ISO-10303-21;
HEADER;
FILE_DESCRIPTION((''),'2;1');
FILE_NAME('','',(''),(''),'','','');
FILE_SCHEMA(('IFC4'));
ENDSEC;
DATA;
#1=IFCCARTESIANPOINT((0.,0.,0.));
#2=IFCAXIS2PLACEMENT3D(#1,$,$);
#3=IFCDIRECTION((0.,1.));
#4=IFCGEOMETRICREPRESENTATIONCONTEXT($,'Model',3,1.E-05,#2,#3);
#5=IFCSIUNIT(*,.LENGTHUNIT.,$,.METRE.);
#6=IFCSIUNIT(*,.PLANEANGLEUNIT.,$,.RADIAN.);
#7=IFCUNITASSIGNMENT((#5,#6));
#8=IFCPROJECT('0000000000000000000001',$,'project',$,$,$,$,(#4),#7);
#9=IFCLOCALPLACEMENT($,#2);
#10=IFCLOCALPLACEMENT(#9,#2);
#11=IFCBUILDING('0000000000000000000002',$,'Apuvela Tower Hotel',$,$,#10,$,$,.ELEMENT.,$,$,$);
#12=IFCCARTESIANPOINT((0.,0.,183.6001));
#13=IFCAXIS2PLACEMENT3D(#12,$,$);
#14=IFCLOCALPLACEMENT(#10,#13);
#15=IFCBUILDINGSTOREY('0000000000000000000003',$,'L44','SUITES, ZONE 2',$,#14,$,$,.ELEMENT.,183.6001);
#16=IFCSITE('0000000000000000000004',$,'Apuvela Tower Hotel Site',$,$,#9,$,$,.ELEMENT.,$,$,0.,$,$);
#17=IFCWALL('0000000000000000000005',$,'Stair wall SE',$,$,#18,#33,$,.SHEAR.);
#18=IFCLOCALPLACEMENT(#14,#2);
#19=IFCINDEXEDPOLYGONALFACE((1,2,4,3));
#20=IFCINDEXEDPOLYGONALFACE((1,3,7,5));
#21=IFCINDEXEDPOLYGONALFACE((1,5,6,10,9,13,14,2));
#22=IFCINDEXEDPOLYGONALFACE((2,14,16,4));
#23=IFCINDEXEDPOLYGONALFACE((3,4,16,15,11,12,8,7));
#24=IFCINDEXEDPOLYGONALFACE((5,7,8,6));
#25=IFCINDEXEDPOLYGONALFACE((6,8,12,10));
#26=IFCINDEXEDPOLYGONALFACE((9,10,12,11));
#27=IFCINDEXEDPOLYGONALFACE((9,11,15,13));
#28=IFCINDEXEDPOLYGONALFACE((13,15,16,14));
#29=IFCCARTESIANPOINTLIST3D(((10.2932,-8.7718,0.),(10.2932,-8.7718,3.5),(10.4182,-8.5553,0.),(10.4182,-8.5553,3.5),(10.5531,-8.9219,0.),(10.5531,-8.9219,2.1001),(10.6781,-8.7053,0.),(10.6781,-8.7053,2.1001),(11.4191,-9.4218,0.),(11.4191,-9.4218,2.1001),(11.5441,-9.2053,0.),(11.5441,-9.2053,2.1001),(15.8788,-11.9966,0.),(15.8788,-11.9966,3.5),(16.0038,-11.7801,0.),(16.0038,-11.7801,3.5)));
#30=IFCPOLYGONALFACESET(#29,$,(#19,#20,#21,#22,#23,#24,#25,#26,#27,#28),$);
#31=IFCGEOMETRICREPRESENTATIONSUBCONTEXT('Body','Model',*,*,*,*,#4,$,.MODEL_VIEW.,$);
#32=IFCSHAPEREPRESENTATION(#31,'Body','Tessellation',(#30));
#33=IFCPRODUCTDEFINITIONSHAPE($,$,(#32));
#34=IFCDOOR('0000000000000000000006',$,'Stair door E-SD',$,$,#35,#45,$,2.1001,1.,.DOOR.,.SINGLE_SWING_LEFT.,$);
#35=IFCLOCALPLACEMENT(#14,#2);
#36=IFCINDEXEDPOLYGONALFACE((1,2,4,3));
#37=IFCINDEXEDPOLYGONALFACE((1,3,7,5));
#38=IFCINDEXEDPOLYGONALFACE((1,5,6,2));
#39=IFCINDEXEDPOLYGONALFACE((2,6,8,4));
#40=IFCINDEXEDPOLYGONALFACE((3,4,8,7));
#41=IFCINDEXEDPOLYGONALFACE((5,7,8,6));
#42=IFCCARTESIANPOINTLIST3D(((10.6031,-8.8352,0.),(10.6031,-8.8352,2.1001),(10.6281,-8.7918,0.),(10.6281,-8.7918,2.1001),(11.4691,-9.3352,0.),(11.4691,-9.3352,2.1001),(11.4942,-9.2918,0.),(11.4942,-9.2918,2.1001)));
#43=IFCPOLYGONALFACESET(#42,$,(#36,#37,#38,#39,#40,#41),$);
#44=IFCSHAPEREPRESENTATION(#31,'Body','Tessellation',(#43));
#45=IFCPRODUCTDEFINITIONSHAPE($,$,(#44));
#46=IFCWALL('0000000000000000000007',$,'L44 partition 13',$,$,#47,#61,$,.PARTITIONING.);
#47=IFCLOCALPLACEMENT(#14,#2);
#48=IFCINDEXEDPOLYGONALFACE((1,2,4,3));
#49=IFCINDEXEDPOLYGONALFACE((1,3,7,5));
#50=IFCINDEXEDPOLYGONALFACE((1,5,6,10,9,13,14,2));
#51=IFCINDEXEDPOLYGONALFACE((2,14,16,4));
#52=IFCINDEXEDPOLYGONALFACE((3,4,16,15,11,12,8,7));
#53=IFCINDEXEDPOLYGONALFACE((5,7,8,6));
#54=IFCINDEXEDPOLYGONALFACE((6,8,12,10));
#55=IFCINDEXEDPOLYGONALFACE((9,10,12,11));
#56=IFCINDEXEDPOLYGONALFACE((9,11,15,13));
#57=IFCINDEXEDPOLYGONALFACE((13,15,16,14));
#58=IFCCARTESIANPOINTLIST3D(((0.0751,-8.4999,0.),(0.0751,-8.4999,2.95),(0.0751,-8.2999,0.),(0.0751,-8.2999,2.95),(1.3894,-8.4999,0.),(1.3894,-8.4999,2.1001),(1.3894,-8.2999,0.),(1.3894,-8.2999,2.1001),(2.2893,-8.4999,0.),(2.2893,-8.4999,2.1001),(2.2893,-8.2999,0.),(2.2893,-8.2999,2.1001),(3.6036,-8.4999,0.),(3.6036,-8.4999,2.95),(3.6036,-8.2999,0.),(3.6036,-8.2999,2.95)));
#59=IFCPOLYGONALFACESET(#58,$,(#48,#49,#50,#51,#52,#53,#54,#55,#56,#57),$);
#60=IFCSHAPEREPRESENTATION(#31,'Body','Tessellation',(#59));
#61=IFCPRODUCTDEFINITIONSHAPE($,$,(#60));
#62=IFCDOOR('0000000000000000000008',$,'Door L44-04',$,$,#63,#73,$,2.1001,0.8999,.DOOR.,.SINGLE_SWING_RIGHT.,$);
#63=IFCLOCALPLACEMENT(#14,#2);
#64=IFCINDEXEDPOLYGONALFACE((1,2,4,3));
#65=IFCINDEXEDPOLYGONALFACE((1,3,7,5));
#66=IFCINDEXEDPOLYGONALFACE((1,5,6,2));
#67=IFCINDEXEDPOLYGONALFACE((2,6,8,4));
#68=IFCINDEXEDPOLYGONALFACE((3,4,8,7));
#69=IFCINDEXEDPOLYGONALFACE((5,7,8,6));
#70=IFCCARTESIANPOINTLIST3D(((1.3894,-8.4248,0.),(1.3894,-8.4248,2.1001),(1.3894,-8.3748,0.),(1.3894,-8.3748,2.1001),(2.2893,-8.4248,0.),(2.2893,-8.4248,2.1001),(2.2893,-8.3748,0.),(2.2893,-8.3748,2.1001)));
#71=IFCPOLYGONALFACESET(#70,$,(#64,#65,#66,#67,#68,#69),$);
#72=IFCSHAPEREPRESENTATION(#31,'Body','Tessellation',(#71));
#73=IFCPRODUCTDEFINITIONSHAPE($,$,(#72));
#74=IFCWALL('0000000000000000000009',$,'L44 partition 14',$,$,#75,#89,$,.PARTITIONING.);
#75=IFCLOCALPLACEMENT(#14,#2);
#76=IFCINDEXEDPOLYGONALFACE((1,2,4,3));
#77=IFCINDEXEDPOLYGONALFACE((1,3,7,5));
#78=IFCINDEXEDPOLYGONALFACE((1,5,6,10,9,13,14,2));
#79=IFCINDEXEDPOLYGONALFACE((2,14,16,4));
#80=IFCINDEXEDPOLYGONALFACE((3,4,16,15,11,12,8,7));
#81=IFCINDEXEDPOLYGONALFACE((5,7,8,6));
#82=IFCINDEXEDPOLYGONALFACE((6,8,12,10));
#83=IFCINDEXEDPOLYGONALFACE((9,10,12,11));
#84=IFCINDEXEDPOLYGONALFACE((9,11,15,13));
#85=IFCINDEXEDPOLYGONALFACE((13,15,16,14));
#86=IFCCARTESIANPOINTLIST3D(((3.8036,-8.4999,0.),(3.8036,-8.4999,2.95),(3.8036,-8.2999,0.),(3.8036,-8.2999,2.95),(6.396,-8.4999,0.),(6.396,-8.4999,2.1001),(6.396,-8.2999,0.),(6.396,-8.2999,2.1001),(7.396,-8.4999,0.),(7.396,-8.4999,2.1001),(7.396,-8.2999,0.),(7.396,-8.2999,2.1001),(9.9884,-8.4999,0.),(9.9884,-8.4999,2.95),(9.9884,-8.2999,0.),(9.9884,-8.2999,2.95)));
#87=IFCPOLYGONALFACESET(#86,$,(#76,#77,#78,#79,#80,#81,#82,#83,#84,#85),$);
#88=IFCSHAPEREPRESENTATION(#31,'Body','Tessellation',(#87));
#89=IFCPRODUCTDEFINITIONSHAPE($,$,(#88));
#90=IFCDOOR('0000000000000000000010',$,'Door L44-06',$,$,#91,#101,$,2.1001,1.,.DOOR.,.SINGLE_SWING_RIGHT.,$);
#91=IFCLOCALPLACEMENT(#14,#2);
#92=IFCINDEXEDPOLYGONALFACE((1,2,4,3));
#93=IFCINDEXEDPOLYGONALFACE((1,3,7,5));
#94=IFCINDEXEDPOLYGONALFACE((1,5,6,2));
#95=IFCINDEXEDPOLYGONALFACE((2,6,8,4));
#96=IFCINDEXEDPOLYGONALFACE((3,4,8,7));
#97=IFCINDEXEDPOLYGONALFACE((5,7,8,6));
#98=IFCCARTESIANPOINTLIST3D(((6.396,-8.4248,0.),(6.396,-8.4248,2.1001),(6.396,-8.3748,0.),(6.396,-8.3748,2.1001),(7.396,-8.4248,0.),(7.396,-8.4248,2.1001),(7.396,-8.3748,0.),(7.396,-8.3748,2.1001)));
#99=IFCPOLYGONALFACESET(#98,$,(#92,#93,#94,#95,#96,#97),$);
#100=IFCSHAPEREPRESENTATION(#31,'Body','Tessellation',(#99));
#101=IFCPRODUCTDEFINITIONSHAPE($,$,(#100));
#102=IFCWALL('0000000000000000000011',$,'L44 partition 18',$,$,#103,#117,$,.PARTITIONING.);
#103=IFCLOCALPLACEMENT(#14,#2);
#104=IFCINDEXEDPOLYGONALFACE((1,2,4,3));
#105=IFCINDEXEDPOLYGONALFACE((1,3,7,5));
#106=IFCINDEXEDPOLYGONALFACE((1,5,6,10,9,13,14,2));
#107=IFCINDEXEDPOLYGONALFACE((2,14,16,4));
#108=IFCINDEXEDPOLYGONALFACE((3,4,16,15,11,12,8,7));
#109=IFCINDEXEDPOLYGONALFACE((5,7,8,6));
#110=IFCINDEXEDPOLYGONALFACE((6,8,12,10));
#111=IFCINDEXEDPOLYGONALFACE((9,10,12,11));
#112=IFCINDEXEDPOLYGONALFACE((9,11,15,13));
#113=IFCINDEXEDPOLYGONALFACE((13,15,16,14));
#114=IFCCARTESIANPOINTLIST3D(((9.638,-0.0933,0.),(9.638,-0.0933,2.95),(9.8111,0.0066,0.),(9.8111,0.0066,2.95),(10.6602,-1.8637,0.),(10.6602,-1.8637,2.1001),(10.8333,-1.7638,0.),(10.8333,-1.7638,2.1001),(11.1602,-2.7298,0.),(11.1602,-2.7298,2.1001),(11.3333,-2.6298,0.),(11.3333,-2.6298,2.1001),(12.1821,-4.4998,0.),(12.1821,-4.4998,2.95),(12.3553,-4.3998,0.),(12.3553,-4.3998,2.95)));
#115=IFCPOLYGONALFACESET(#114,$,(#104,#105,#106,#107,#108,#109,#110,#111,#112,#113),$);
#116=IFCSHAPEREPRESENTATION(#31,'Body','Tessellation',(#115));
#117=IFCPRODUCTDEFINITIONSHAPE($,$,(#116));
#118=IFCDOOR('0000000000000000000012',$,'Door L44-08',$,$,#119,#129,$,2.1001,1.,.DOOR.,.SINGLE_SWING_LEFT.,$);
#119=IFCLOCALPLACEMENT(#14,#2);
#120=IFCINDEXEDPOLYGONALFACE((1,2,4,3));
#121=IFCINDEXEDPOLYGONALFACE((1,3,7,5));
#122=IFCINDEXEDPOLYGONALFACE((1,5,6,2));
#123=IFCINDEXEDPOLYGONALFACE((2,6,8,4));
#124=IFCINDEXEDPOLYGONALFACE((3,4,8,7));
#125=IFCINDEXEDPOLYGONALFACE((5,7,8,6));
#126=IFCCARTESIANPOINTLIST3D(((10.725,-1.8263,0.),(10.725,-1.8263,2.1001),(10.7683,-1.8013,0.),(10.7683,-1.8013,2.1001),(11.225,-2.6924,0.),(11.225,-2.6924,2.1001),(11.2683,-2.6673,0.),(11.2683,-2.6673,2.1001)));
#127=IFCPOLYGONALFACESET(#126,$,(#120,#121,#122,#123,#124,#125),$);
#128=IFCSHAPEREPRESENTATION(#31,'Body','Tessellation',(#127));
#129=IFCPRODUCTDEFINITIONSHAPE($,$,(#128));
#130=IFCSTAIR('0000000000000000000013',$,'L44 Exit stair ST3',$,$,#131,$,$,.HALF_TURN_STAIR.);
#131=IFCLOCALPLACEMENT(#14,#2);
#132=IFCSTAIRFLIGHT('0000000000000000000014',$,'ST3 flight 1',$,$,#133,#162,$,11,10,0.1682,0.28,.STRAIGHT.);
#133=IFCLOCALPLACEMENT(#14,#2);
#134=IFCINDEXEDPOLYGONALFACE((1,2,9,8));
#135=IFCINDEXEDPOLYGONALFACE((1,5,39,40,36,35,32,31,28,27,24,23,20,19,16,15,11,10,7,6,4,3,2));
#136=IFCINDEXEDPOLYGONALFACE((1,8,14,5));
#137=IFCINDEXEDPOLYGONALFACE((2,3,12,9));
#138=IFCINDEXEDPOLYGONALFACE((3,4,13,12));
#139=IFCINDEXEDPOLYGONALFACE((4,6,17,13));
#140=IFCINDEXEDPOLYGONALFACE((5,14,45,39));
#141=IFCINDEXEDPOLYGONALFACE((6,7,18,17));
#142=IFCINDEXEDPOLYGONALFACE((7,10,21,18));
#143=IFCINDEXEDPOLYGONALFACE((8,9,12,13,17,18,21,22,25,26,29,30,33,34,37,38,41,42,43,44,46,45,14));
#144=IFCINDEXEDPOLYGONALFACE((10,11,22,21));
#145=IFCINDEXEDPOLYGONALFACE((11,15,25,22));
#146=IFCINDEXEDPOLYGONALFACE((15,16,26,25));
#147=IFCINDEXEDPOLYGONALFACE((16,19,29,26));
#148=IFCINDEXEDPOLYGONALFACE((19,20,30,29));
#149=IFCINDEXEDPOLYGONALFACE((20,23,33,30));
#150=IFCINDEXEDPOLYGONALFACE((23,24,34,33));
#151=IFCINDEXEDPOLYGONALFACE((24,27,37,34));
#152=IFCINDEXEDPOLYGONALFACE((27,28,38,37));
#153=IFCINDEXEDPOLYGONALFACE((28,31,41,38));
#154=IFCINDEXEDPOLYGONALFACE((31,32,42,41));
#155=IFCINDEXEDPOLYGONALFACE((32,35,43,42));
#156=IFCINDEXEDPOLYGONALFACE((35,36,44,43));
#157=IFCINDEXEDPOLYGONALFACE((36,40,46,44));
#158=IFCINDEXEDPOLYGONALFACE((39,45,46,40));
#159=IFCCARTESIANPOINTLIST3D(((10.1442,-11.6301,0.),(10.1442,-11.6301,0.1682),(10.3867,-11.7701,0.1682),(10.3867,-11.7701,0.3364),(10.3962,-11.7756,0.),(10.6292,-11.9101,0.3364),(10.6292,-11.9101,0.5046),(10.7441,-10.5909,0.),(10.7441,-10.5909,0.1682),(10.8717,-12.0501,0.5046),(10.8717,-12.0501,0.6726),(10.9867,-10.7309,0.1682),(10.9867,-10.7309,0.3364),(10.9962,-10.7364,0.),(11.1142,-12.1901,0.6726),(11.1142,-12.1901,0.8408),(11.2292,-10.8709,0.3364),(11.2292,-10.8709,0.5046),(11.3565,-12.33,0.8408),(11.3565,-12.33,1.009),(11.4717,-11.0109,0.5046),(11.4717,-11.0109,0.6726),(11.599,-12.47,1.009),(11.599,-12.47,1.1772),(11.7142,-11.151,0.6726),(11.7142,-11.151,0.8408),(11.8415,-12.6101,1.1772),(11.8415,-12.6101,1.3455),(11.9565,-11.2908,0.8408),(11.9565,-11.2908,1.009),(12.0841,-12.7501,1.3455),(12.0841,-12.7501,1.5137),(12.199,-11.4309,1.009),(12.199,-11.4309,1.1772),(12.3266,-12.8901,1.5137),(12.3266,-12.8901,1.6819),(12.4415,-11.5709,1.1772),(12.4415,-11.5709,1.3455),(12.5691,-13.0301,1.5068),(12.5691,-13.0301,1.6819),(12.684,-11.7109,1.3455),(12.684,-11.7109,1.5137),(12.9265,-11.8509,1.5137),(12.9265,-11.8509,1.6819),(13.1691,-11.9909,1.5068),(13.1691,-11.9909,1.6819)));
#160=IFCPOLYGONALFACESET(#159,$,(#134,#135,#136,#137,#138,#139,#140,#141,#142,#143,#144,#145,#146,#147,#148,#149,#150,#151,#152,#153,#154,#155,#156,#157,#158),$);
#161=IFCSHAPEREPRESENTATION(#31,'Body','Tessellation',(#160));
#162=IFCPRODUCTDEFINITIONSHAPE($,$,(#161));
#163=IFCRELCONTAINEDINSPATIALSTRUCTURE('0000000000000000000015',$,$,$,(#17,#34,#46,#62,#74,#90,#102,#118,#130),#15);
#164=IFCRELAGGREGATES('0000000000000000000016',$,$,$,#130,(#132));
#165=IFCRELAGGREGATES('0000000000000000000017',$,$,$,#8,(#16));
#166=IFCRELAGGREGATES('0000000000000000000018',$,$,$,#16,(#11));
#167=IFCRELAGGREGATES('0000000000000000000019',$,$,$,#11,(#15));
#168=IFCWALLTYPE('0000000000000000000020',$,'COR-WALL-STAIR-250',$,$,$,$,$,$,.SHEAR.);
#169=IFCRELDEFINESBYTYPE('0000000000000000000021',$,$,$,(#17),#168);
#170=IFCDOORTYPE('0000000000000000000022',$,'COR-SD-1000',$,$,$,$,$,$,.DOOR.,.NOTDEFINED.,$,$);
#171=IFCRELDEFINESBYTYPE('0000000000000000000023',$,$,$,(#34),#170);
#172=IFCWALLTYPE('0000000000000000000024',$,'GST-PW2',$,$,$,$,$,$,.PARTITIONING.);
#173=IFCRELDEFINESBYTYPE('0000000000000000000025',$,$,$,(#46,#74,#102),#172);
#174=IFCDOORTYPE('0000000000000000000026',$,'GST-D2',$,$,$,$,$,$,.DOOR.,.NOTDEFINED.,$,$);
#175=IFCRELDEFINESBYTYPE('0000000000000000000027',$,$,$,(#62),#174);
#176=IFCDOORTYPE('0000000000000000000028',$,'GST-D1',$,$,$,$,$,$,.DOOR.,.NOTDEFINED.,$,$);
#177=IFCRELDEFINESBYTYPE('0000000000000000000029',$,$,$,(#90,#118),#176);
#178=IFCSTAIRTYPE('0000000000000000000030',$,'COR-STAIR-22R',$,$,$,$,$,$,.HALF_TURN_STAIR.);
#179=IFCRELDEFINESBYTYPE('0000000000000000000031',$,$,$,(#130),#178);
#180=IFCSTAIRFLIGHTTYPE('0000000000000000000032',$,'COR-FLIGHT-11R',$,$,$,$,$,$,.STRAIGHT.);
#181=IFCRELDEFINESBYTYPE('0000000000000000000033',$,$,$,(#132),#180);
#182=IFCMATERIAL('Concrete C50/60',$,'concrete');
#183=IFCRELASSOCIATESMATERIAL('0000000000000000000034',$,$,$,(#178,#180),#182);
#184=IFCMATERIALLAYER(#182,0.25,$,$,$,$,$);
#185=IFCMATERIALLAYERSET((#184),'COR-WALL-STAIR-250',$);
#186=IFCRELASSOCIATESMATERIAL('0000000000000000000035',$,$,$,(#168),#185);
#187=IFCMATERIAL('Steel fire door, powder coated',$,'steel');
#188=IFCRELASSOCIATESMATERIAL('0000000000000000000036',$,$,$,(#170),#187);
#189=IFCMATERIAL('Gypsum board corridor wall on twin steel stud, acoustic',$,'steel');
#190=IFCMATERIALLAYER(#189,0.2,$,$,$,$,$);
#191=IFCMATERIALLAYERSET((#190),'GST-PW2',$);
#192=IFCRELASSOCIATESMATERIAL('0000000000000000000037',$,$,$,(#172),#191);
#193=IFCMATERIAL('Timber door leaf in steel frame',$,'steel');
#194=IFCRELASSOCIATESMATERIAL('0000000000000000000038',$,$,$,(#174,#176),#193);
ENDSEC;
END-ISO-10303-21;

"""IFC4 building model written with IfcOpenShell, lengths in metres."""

from ifc_helpers import new_model, si_unit, direction, frame, frame_2d, origin, place, context, subcontext, project, spatial, polyline, rectangle, outline, extrude, material, layer, layer_set, type_object, element, fill, aggregate, save


model = new_model("IFC4")

# Units and contexts
model_context = context("Model", 3, precision=1e-05, world=origin(), true_north=direction((0.0, 1.0)))
body_context = subcontext(model_context, "Body", "Model", "MODEL_VIEW")
ifc_project = project(units=[si_unit("LENGTHUNIT", "METRE"), si_unit("PLANEANGLEUNIT", "RADIAN")], contexts=[model_context])

# Site, building, storey
site_placement = place(None, origin())
site = spatial("IfcSite", under=ifc_project, at=site_placement, Name="Apuvela Tower Hotel Site", CompositionType="ELEMENT", RefElevation=0.0)
building_placement = place(site_placement, origin())
building = spatial("IfcBuilding", under=site, at=building_placement, Name="Apuvela Tower Hotel", CompositionType="ELEMENT")
storey_placement = place(building_placement, frame((0.0, 0.0, 183.6001)))
storey = spatial("IfcBuildingStorey", under=building, at=storey_placement, Name="L44", Description="SUITES, ZONE 2", CompositionType="ELEMENT", Elevation=183.6001)

# Shared definitions
ifc_material_1 = material(Name="Concrete C50/60", Category="concrete")

# Shared definitions
stair_type = type_object("IfcStairType", Name="COR-STAIR-22R", PredefinedType="HALF_TURN_STAIR", material=ifc_material_1)

# Shared definitions
ifc_material_2 = material(Name="Steel fire door, powder coated", Category="steel")

# Walls, openings, doors
ifc_layer_1 = layer(ifc_material_1, 0.25)
ifc_layer_set_1 = layer_set([ifc_layer_1], Name="COR-WALL-STAIR-250")
wall_type_1 = type_object("IfcWallType", Name="COR-WALL-STAIR-250", PredefinedType="SHEAR", material=ifc_layer_set_1)
wall_1_placement = place(storey_placement, frame((10.3557, -8.6636, 0.0), z_axis=(0.0, 0.0, 1.0), x_axis=(0.866029, -0.499994, 0.0)))
wall_1 = element("IfcWall", 1, at=wall_1_placement, inside=storey, type_object=wall_type_1, Name="Stair wall SE", PredefinedType="SHEAR", context=body_context, shape_type="SweptSolid", body=[
    extrude(rectangle(XDim=6.4497, YDim=0.25, at=frame_2d((3.2249, 0.0))), origin(), (0.0, 0.0, 1.0), 3.5),
])
opening_1_placement = place(wall_1_placement, frame((0.3, 0.0, 0.0)))
opening_1 = element("IfcOpeningElement", 2, at=opening_1_placement, cuts=wall_1, PredefinedType="OPENING", context=body_context, shape_type="SweptSolid", body=[
    extrude(rectangle(XDim=1.0, YDim=2.1001, at=frame_2d((0.5, 1.05))), frame((0.0, 0.135, 0.0), z_axis=(0.0, -1.0, 0.0), x_axis=(1.0, 0.0, 0.0)), (0.0, 0.0, 1.0), 0.27),
])
door_type_1 = type_object("IfcDoorType", Name="COR-SD-1000", OperationType="NOTDEFINED", PredefinedType="DOOR", material=ifc_material_2)
door_1_placement = place(opening_1_placement, frame((1.0, 0.0, 0.0), z_axis=(0.0, 0.0, 1.0), x_axis=(-1.0, 0.0, 0.0)))
door_1 = element("IfcDoor", 3, at=door_1_placement, inside=storey, type_object=door_type_1, Name="Stair door E-SD", OperationType="SINGLE_SWING_LEFT", OverallHeight=2.1001, OverallWidth=1.0, PredefinedType="DOOR", context=body_context, shape_type="SweptSolid", body=[
    extrude(rectangle(XDim=1.0, YDim=2.1001, at=frame_2d((0.5, 1.05))), frame((0.0, 0.0249, 0.0), z_axis=(0.0, -1.0, 0.0), x_axis=(1.0, 0.0, 0.0)), (0.0, 0.0, 1.0), 0.05),
])
fill(opening_1, door_1)
ifc_material_3 = material(Name="Gypsum board corridor wall on twin steel stud, acoustic", Category="steel")
ifc_layer_2 = layer(ifc_material_3, 0.2)
ifc_layer_set_2 = layer_set([ifc_layer_2], Name="GST-PW2")
wall_type_2 = type_object("IfcWallType", Name="GST-PW2", PredefinedType="PARTITIONING", material=ifc_layer_set_2)
wall_2_placement = place(storey_placement, frame((3.6035, -8.3999, 0.0), z_axis=(0.0, 0.0, 1.0), x_axis=(-1.0, 0.0, 0.0)))
wall_2 = element("IfcWall", 4, at=wall_2_placement, inside=storey, type_object=wall_type_2, Name="L44 partition 13", PredefinedType="PARTITIONING", context=body_context, shape_type="SweptSolid", body=[
    extrude(rectangle(XDim=3.5286, YDim=0.2, at=frame_2d((1.7642, 0.0))), origin(), (0.0, 0.0, 1.0), 2.95),
])
opening_2_placement = place(wall_2_placement, frame((1.3142, 0.0, 0.0)))
opening_2 = element("IfcOpeningElement", 5, at=opening_2_placement, cuts=wall_2, PredefinedType="OPENING", context=body_context, shape_type="SweptSolid", body=[
    extrude(rectangle(XDim=0.8999, YDim=2.1001, at=frame_2d((0.45, 1.05))), frame((0.0, 0.1099, 0.0), z_axis=(0.0, -1.0, 0.0), x_axis=(1.0, 0.0, 0.0)), (0.0, 0.0, 1.0), 0.22),
])
ifc_material_4 = material(Name="Timber door leaf in steel frame", Category="steel")
door_type_2 = type_object("IfcDoorType", Name="GST-D2", OperationType="NOTDEFINED", PredefinedType="DOOR", material=ifc_material_4)
door_2_placement = place(opening_2_placement, origin())
door_2 = element("IfcDoor", 6, at=door_2_placement, inside=storey, type_object=door_type_2, Name="Door L44-04", OperationType="SINGLE_SWING_RIGHT", OverallHeight=2.1001, OverallWidth=0.8999, PredefinedType="DOOR", context=body_context, shape_type="SweptSolid", body=[
    extrude(rectangle(XDim=0.8999, YDim=2.1001, at=frame_2d((0.45, 1.05))), frame((0.0, 0.0249, 0.0), z_axis=(0.0, -1.0, 0.0), x_axis=(1.0, 0.0, 0.0)), (0.0, 0.0, 1.0), 0.05),
])
fill(opening_2, door_2)
wall_3_placement = place(storey_placement, frame((9.9883, -8.3999, 0.0), z_axis=(0.0, 0.0, 1.0), x_axis=(-1.0, 0.0, 0.0)))
wall_3 = element("IfcWall", 7, at=wall_3_placement, inside=storey, type_object=wall_type_2, Name="L44 partition 14", PredefinedType="PARTITIONING", context=body_context, shape_type="SweptSolid", body=[
    extrude(rectangle(XDim=6.1848, YDim=0.2, at=frame_2d((3.0923, 0.0))), origin(), (0.0, 0.0, 1.0), 2.95),
])
opening_3_placement = place(wall_3_placement, frame((2.5923, 0.0, 0.0)))
opening_3 = element("IfcOpeningElement", 8, at=opening_3_placement, cuts=wall_3, PredefinedType="OPENING", context=body_context, shape_type="SweptSolid", body=[
    extrude(rectangle(XDim=1.0, YDim=2.1001, at=frame_2d((0.5, 1.05))), frame((0.0, 0.1099, 0.0), z_axis=(0.0, -1.0, 0.0), x_axis=(1.0, 0.0, 0.0)), (0.0, 0.0, 1.0), 0.22),
])
door_type_3 = type_object("IfcDoorType", Name="GST-D1", OperationType="NOTDEFINED", PredefinedType="DOOR", material=ifc_material_4)
door_3_placement = place(opening_3_placement, origin())
door_3 = element("IfcDoor", 9, at=door_3_placement, inside=storey, type_object=door_type_3, Name="Door L44-06", OperationType="SINGLE_SWING_RIGHT", OverallHeight=2.1001, OverallWidth=1.0, PredefinedType="DOOR", context=body_context, shape_type="SweptSolid", body=[
    extrude(rectangle(XDim=1.0, YDim=2.1001, at=frame_2d((0.5, 1.05))), frame((0.0, 0.0249, 0.0), z_axis=(0.0, -1.0, 0.0), x_axis=(1.0, 0.0, 0.0)), (0.0, 0.0, 1.0), 0.05),
])
fill(opening_3, door_3)
wall_4_placement = place(storey_placement, frame((9.7246, -0.0435, 0.0), z_axis=(0.0, 0.0, 1.0), x_axis=(0.500015, -0.866017, 0.0)))
wall_4 = element("IfcWall", 10, at=wall_4_placement, inside=storey, type_object=wall_type_2, Name="L44 partition 18", PredefinedType="PARTITIONING", context=body_context, shape_type="SweptSolid", body=[
    extrude(rectangle(XDim=5.0881, YDim=0.2, at=frame_2d((2.5439, 0.0))), origin(), (0.0, 0.0, 1.0), 2.95),
])
opening_4_placement = place(wall_4_placement, frame((2.0442, 0.0, 0.0)))
opening_4 = element("IfcOpeningElement", 11, at=opening_4_placement, cuts=wall_4, PredefinedType="OPENING", context=body_context, shape_type="SweptSolid", body=[
    extrude(rectangle(XDim=1.0, YDim=2.1001, at=frame_2d((0.5, 1.05))), frame((0.0, 0.1099, 0.0), z_axis=(0.0, -1.0, 0.0), x_axis=(1.0, 0.0, 0.0)), (0.0, 0.0, 1.0), 0.22),
])
door_4_placement = place(opening_4_placement, origin())
door_4 = element("IfcDoor", 12, at=door_4_placement, inside=storey, type_object=door_type_3, Name="Door L44-08", OperationType="SINGLE_SWING_LEFT", OverallHeight=2.1001, OverallWidth=1.0, PredefinedType="DOOR", context=body_context, shape_type="SweptSolid", body=[
    extrude(rectangle(XDim=1.0, YDim=2.1001, at=frame_2d((0.5, 1.05))), frame((0.0, 0.0249, 0.0), z_axis=(0.0, -1.0, 0.0), x_axis=(1.0, 0.0, 0.0)), (0.0, 0.0, 1.0), 0.05),
])
fill(opening_4, door_4)

# Stair, stair flight
stair_1_placement = place(storey_placement, origin())
stair_1 = element("IfcStair", 13, at=stair_1_placement, inside=storey, type_object=stair_type, Name="L44 Exit stair ST3", PredefinedType="HALF_TURN_STAIR")
stair_flight_type = type_object("IfcStairFlightType", Name="COR-FLIGHT-11R", PredefinedType="STRAIGHT", material=ifc_material_1)
stair_flight_placement = place(storey_placement, frame((10.4441, -11.1106, 0.0), z_axis=(0.0, 0.0, 1.0), x_axis=(0.866025, -0.5, 0.0)))
stair_flight = element("IfcStairFlight", 14, at=stair_flight_placement, type_object=stair_flight_type, Name="ST3 flight 1", NumberOfRisers=11, NumberOfTreads=10, PredefinedType="STRAIGHT", RiserHeight=0.1682, TreadLength=0.28, context=body_context, shape_type="SweptSolid", body=[
    extrude(outline(polyline([(0.0, 0.0), (0.0, 0.1682), (0.28, 0.1682), (0.28, 0.3364), (0.5601, 0.3364), (0.5601, 0.5046), (0.8401, 0.5046), (0.8401, 0.6726), (1.1201, 0.6726), (1.1201, 0.8408), (1.3999, 0.8408), (1.3999, 1.009), (1.6799, 1.009), (1.6799, 1.1772), (1.96, 1.1772), (1.96, 1.3455), (2.24, 1.3455), (2.24, 1.5137), (2.52, 1.5137), (2.52, 1.6819), (2.8, 1.6819), (2.8, 1.8501), (2.8, 1.5068), (0.291, 0.0), (0.0, 0.0)])), frame((0.0, 0.6001, 0.0), z_axis=(0.0, -1.0, 0.0), x_axis=(1.0, 0.0, 0.0)), (0.0, 0.0, 1.0), 1.2),
])
aggregate(stair_1, [stair_flight])

save(model, "model.ifc")
